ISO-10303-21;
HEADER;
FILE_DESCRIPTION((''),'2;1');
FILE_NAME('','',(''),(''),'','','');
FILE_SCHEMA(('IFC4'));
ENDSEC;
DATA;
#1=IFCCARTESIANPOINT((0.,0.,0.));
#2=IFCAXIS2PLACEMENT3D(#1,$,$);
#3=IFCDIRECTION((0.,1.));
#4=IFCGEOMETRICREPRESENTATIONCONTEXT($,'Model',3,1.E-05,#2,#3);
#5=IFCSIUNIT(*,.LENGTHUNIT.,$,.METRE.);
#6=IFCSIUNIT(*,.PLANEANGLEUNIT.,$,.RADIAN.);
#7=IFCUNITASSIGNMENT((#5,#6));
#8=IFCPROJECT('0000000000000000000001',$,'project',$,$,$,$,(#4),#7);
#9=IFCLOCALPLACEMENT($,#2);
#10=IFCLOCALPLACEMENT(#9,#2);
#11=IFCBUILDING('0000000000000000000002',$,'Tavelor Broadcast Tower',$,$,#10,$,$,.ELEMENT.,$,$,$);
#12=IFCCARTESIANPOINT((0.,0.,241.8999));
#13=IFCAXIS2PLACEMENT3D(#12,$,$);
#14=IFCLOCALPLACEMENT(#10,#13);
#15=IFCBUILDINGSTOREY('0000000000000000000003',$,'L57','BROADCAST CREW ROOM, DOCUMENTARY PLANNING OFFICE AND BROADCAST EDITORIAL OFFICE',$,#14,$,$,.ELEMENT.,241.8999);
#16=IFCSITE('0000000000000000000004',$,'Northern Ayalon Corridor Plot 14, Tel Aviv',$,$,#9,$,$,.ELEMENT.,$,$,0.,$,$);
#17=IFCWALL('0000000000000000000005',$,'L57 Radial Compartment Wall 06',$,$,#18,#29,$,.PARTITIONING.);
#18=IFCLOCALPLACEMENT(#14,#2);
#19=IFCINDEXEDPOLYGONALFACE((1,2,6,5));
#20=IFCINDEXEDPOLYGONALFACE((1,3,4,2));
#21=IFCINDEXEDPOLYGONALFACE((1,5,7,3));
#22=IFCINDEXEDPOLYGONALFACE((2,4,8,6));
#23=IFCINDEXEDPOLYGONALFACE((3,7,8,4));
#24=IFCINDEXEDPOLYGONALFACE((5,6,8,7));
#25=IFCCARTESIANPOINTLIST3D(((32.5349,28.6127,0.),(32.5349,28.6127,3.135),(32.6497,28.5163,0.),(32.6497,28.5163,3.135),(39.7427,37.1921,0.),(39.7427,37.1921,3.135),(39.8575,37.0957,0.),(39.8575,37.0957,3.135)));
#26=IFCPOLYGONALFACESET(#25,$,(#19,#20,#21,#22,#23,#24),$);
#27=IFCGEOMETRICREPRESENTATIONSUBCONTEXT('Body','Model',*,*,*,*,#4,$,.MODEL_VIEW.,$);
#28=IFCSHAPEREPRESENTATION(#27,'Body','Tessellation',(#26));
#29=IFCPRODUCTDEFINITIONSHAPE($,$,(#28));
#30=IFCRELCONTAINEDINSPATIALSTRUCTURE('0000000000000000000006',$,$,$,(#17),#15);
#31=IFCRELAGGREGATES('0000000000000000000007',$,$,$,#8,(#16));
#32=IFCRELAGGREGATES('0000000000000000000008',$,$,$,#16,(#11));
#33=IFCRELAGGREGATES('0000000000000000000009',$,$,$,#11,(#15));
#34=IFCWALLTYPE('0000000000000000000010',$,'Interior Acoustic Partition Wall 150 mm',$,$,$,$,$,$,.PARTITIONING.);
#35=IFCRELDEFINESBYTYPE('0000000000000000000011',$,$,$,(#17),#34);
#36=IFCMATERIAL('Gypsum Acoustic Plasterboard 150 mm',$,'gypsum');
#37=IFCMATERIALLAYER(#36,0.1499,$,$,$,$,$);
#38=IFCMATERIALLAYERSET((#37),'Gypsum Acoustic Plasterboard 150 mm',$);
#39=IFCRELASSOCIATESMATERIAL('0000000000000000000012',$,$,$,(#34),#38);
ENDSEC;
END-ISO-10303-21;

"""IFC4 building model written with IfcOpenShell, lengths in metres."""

from ifc_helpers import new_model, si_unit, direction, frame, frame_2d, origin, place, context, subcontext, project, spatial, rectangle, extrude, material, layer, layer_set, type_object, element, save


model = new_model("IFC4")

# Units and contexts
model_context = context("Model", 3, precision=1e-05, world=origin(), true_north=direction((0.0, 1.0)))
body_context = subcontext(model_context, "Body", "Model", "MODEL_VIEW")
ifc_project = project(units=[si_unit("LENGTHUNIT", "METRE"), si_unit("PLANEANGLEUNIT", "RADIAN")], contexts=[model_context])

# Site, building, storey
site_placement = place(None, origin())
site = spatial("IfcSite", under=ifc_project, at=site_placement, Name="Northern Ayalon Corridor Plot 14, Tel Aviv", CompositionType="ELEMENT", RefElevation=0.0)
building_placement = place(site_placement, origin())
building = spatial("IfcBuilding", under=site, at=building_placement, Name="Tavelor Broadcast Tower", CompositionType="ELEMENT")
storey_placement = place(building_placement, frame((0.0, 0.0, 241.8999)))
storey = spatial("IfcBuildingStorey", under=building, at=storey_placement, Name="L57", Description="BROADCAST CREW ROOM, DOCUMENTARY PLANNING OFFICE AND BROADCAST EDITORIAL OFFICE", CompositionType="ELEMENT", Elevation=241.8999)

# Shared definitions
ifc_material_1 = material(Name="Gypsum Acoustic Plasterboard 150 mm", Category="gypsum")
ifc_layer_1 = layer(ifc_material_1, 0.1499)
ifc_layer_set_1 = layer_set([ifc_layer_1], Name="Gypsum Acoustic Plasterboard 150 mm")
wall_type_1 = type_object("IfcWallType", Name="Interior Acoustic Partition Wall 150 mm", PredefinedType="PARTITIONING", material=ifc_layer_set_1)

# Wall
wall_1_placement = place(storey_placement, frame((39.8, 37.1438, 0.0), z_axis=(0.0, 0.0, 1.0), x_axis=(-0.64325, -0.765656, 0.0)))
element("IfcWall", 1, at=wall_1_placement, inside=storey, type_object=wall_type_1, Name="L57 Radial Compartment Wall 06", PredefinedType="PARTITIONING", context=body_context, shape_type="SweptSolid", body=[
    extrude(rectangle(XDim=11.2053, YDim=0.1499, at=frame_2d((5.6025, 0.0))), origin(), (0.0, 0.0, 1.0), 3.135),
])

save(model, "model.ifc")
